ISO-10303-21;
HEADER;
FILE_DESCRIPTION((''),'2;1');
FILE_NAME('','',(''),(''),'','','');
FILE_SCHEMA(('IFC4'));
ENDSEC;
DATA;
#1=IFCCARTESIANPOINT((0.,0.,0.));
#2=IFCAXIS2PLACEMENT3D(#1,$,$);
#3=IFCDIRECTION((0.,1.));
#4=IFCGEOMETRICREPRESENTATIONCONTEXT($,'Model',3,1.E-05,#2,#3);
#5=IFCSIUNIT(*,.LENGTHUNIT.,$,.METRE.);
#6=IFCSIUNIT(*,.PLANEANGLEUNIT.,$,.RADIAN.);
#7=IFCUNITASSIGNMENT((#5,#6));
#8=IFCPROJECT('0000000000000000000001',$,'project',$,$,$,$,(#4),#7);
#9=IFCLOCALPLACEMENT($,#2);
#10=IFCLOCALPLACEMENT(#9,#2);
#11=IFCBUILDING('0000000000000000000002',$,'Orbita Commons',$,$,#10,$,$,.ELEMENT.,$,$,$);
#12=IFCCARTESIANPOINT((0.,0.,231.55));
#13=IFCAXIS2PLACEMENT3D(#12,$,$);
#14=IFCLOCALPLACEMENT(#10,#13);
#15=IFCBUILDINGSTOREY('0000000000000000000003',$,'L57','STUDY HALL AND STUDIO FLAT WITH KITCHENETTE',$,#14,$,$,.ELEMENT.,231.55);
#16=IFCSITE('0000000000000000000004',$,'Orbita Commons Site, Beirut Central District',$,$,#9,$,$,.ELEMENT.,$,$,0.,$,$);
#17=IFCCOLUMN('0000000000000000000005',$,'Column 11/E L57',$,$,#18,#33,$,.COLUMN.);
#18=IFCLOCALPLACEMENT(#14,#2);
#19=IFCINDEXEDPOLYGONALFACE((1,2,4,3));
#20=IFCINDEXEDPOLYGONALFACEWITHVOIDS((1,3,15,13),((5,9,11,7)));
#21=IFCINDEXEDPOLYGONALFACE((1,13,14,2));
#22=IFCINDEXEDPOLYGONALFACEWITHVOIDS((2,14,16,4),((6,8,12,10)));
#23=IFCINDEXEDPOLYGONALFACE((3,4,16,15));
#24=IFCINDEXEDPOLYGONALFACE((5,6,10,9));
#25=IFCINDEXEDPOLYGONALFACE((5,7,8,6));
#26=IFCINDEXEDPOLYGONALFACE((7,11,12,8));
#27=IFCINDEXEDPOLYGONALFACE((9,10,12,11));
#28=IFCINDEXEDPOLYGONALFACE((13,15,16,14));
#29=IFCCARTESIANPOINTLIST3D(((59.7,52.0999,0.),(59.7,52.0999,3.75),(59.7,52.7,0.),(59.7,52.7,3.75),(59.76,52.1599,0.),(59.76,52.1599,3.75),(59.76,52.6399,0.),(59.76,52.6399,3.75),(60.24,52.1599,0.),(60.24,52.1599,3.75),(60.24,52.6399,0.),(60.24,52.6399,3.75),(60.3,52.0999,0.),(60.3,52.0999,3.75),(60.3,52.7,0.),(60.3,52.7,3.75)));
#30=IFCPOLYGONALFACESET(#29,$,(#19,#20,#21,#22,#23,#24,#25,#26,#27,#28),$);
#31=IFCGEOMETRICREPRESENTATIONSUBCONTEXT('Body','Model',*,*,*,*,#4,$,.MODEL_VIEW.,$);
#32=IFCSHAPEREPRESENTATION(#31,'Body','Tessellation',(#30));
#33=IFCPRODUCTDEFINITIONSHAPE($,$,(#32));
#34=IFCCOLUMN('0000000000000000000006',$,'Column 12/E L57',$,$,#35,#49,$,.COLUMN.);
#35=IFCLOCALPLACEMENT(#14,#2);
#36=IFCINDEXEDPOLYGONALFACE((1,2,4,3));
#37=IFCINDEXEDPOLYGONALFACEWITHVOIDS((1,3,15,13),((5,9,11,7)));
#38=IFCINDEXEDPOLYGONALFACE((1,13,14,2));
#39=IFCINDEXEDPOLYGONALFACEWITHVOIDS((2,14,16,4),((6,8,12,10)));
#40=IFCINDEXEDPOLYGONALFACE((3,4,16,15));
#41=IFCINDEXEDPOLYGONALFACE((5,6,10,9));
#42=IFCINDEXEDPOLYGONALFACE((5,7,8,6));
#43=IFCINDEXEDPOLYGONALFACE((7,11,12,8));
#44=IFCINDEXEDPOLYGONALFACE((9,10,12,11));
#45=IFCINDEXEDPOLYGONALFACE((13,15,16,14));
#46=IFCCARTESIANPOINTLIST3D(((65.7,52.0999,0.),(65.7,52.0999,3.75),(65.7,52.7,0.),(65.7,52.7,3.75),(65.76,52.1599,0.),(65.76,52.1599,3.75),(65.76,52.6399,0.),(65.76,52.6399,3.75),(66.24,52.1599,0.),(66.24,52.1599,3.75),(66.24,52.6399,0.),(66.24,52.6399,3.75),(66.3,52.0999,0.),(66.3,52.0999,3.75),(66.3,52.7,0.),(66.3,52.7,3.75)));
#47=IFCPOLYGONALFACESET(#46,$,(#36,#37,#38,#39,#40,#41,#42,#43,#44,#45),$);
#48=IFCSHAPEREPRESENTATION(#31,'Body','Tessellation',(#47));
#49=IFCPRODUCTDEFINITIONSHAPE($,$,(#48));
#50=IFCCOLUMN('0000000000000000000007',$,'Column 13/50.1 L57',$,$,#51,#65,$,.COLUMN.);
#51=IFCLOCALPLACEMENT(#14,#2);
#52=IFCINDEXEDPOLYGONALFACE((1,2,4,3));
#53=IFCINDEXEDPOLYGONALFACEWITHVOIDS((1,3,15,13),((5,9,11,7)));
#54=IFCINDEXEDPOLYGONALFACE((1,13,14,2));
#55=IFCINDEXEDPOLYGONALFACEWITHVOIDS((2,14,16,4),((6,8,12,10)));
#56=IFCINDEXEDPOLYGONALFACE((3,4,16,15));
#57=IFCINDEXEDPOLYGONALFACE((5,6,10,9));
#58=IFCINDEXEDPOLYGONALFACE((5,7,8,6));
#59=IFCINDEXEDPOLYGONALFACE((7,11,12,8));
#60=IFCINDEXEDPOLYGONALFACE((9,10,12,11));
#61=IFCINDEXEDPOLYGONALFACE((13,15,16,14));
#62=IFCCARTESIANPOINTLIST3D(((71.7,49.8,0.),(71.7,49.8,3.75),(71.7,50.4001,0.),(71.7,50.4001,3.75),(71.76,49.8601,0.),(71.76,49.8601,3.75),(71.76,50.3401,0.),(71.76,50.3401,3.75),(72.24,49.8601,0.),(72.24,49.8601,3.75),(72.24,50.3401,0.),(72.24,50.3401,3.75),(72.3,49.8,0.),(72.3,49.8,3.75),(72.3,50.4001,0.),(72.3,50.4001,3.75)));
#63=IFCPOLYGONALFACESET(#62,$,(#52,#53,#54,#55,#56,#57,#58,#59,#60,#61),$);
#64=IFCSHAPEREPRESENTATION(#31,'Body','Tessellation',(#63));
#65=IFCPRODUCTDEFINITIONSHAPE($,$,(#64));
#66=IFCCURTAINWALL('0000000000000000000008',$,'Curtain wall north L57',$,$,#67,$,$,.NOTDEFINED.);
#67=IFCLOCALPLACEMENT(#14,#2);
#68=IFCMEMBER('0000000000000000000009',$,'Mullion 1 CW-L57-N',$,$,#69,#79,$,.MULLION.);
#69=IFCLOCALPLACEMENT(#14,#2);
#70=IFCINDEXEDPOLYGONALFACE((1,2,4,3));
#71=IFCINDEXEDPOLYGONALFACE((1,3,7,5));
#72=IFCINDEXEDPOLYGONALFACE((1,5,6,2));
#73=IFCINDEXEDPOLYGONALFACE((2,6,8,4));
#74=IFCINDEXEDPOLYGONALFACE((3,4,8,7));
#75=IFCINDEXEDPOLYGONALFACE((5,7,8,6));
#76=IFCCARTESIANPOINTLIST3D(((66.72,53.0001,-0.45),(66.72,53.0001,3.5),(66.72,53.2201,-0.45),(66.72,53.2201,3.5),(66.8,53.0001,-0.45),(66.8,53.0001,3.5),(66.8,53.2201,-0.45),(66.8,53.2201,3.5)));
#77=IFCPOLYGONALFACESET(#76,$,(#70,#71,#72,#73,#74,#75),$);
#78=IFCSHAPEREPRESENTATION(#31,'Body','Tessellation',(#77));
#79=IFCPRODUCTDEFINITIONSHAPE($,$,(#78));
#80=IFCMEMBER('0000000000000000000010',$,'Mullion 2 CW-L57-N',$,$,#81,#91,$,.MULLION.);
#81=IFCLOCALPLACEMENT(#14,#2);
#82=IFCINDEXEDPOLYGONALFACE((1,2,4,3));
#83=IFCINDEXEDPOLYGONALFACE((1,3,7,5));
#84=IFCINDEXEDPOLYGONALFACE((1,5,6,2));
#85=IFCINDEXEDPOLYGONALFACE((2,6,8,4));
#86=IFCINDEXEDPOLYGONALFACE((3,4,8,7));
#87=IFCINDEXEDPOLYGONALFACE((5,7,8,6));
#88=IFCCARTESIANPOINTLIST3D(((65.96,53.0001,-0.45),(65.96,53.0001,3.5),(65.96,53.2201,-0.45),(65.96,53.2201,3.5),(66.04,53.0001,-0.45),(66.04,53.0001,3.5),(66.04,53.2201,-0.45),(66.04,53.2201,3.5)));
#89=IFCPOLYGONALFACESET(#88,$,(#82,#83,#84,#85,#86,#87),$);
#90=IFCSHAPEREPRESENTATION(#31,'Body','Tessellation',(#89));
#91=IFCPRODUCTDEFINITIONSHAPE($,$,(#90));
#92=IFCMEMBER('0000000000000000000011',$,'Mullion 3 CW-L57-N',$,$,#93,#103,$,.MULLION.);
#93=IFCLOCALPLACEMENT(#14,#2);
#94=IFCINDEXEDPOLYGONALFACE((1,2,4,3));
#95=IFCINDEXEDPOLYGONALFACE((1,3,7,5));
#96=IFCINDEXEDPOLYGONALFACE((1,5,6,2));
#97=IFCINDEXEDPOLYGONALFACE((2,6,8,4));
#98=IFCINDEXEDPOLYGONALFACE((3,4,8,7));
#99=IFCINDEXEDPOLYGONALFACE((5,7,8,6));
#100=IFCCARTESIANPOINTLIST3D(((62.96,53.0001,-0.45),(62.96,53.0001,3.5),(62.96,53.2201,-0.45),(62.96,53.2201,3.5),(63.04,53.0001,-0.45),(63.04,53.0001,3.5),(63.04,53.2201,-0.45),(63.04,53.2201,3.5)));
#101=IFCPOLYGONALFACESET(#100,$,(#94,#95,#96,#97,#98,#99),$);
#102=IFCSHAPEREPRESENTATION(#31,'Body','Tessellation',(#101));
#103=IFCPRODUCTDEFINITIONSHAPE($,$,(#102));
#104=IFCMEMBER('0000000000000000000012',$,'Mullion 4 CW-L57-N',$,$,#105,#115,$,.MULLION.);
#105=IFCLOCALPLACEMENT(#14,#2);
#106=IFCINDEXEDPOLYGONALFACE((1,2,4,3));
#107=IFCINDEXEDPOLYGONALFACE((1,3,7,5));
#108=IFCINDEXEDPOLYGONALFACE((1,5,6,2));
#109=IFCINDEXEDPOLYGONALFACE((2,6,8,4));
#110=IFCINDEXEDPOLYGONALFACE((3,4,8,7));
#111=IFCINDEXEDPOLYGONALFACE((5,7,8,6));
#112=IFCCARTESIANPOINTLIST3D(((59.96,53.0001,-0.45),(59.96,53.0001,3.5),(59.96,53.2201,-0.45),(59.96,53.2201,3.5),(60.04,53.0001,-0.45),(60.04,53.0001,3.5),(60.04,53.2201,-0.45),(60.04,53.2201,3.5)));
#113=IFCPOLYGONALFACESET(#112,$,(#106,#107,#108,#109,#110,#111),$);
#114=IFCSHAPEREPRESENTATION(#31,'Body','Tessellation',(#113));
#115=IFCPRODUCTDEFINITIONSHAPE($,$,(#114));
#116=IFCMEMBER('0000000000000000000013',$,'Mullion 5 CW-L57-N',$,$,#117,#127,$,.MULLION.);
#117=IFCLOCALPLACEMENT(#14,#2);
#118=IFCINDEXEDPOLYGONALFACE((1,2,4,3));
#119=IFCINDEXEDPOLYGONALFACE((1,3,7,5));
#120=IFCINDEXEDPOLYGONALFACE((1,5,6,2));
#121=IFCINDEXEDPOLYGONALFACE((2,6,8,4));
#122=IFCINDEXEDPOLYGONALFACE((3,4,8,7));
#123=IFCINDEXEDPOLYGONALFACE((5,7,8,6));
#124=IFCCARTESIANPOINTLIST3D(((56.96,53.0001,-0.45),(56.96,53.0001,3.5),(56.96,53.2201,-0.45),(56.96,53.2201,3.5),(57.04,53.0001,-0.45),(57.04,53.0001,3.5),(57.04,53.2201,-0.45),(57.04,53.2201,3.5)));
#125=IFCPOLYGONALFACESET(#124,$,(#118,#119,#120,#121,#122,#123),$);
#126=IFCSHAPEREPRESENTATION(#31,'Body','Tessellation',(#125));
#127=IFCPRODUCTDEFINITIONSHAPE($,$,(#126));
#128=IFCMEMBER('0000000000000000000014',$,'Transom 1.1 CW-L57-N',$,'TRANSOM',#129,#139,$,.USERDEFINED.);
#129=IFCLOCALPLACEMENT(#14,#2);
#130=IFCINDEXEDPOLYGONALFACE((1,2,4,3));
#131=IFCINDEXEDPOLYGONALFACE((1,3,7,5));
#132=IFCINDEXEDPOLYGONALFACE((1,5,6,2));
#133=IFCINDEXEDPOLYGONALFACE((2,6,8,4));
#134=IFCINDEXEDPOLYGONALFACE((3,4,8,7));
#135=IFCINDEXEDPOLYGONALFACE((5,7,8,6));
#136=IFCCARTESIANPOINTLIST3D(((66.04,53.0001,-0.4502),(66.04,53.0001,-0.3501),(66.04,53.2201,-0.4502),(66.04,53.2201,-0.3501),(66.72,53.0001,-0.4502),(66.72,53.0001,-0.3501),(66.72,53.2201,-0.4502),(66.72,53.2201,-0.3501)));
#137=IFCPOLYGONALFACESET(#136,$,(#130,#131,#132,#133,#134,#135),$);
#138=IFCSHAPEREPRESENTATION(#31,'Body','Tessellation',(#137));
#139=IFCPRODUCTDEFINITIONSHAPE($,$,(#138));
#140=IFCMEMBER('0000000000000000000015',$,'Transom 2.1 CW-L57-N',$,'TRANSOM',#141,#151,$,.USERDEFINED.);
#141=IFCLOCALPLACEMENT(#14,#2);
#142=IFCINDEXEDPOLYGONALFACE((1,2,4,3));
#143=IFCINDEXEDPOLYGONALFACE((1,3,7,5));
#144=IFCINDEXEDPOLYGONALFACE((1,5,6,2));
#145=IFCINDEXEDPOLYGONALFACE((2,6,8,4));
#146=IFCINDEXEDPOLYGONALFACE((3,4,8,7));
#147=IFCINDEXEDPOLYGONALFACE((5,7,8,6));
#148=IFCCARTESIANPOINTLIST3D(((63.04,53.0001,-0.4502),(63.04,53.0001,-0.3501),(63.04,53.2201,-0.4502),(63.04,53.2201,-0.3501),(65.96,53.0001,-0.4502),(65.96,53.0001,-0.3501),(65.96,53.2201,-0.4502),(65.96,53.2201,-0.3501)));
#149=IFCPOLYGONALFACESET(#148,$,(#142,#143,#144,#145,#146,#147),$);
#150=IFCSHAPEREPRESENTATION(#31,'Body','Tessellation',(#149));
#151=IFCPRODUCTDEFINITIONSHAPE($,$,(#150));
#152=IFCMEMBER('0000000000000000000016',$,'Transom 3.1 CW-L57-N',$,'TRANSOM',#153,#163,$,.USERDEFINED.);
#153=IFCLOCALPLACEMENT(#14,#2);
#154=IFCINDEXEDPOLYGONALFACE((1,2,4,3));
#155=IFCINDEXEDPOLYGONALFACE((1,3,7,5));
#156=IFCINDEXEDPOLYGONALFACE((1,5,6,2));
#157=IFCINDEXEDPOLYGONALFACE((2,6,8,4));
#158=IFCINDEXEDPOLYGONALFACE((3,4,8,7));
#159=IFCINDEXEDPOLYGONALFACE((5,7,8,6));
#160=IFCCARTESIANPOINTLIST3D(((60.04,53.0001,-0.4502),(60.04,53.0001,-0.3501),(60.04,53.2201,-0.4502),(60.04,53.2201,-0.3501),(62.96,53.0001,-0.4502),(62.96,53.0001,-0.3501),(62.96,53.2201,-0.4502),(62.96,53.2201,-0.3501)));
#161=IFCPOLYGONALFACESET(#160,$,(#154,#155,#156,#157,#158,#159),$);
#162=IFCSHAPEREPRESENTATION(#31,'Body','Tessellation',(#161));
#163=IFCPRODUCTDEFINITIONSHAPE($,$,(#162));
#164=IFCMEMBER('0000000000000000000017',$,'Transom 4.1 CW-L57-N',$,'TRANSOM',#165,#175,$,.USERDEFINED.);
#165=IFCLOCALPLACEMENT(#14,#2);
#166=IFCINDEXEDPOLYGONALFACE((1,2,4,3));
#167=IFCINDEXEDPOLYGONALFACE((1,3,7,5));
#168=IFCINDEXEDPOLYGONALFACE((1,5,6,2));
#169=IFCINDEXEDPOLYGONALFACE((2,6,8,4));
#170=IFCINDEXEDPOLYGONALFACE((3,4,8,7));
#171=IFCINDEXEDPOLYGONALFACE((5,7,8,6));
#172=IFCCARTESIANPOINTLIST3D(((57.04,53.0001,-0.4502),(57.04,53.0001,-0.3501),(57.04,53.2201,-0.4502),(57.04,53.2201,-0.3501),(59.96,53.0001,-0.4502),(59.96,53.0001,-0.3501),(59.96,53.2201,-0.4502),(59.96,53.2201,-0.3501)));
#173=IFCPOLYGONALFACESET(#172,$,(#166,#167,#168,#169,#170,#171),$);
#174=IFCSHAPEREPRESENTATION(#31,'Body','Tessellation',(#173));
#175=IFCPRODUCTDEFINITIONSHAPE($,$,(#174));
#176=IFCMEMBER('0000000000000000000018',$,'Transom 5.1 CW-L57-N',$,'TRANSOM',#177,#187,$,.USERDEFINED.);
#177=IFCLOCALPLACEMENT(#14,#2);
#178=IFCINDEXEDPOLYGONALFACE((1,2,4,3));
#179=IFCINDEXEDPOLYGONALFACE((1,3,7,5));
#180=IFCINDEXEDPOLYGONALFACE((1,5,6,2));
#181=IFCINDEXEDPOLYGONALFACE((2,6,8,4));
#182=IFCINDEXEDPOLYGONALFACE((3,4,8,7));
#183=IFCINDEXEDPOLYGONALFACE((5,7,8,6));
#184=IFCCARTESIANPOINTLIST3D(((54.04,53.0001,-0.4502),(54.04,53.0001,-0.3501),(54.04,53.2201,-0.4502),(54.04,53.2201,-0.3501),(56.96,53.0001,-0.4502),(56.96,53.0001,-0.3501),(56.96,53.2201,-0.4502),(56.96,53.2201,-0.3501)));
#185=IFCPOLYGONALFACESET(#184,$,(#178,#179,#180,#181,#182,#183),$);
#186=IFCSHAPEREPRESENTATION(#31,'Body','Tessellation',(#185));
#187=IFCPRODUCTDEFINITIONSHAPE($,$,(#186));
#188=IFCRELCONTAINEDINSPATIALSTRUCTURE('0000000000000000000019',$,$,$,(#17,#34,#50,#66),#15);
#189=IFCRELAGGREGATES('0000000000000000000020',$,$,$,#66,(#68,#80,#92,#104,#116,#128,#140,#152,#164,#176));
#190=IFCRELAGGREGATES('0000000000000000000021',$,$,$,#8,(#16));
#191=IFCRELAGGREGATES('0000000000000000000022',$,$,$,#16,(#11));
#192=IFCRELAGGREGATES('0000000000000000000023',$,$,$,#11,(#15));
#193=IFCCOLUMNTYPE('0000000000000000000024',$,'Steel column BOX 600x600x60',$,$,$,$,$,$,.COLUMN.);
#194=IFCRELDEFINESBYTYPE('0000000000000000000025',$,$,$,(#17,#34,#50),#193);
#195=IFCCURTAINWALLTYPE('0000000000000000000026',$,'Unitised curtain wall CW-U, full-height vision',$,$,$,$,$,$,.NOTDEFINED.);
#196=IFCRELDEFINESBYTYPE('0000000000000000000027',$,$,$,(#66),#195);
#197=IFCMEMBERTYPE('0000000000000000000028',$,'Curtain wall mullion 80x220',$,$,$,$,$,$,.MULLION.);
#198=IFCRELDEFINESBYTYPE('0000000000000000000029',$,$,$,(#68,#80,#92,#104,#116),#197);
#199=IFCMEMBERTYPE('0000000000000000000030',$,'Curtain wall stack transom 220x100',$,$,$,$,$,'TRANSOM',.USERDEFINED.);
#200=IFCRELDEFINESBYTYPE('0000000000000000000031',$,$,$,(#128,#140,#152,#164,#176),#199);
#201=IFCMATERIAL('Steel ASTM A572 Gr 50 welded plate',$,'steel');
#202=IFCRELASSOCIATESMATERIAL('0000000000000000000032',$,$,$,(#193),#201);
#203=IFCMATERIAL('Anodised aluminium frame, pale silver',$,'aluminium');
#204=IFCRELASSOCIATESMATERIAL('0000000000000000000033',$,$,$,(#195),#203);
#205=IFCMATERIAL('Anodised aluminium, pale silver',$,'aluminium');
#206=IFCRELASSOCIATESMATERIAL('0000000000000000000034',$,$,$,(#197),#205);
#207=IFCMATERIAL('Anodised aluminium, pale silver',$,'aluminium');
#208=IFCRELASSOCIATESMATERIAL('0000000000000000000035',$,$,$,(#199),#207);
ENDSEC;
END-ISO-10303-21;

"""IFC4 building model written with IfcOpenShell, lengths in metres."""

from ifc_helpers import new_model, si_unit, direction, frame, origin, origin_2d, place, context, subcontext, project, spatial, rectangle, hollow_rectangle, extrude, material, material_profile, profile_set, type_object, element, aggregate, save


model = new_model("IFC4")

# Units and contexts
model_context = context("Model", 3, precision=1e-05, world=origin(), true_north=direction((0.0, 1.0)))
body_context = subcontext(model_context, "Body", "Model", "MODEL_VIEW")
ifc_project = project(units=[si_unit("LENGTHUNIT", "METRE"), si_unit("PLANEANGLEUNIT", "RADIAN")], contexts=[model_context])

# Site, building, storey
site_placement = place(None, origin())
site = spatial("IfcSite", under=ifc_project, at=site_placement, Name="Orbita Commons Site, Beirut Central District", CompositionType="ELEMENT", RefElevation=0.0)
building_placement = place(site_placement, origin())
building = spatial("IfcBuilding", under=site, at=building_placement, Name="Orbita Commons", CompositionType="ELEMENT")
storey_placement = place(building_placement, frame((0.0, 0.0, 231.55)))
storey = spatial("IfcBuildingStorey", under=building, at=storey_placement, Name="L57", Description="STUDY HALL AND STUDIO FLAT WITH KITCHENETTE", CompositionType="ELEMENT", Elevation=231.55)

# Columns
ifc_material_1 = material(Name="Steel ASTM A572 Gr 50 welded plate", Category="steel")
ifc_material_profile_1 = material_profile(ifc_material_1, hollow_rectangle(XDim=0.6001, YDim=0.6001, WallThickness=0.0601, at=origin_2d()), Name="BOX 600x600x60")
ifc_profile_set_1 = profile_set([ifc_material_profile_1], Name="Steel ASTM A572 Gr 50 welded plate")
column_type = type_object("IfcColumnType", Name="Steel column BOX 600x600x60", PredefinedType="COLUMN", material=ifc_profile_set_1)
for number, where, z_axis, x_axis, name in (
    (1, (60.0, 52.3999, 0.0), (0.0, 0.0, 1.0), (1.0, 0.0, 0.0), "Column 11/E L57"),
    (2, (66.0, 52.3999, 0.0), (0.0, 0.0, 1.0), (1.0, 0.0, 0.0), "Column 12/E L57"),
    (3, (72.0, 50.1001, 0.0), (0.0, 0.0, 1.0), (1.0, 0.0, 0.0), "Column 13/50.1 L57"),
):
    element("IfcColumn", number, at=place(storey_placement, frame(where, z_axis=z_axis, x_axis=x_axis)), inside=storey, type_object=column_type, Name=name, PredefinedType="COLUMN", context=body_context, shape_type="SweptSolid", body=[
        extrude(hollow_rectangle(XDim=0.6001, YDim=0.6001, WallThickness=0.0601, at=origin_2d()), origin(), (0.0, 0.0, 1.0), 3.75),
    ])

# Curtain wall, members
ifc_material_2 = material(Name="Anodised aluminium frame, pale silver", Category="aluminium")
curtain_wall_type = type_object("IfcCurtainWallType", Name="Unitised curtain wall CW-U, full-height vision", PredefinedType="NOTDEFINED", material=ifc_material_2)
curtain_wall_placement = place(storey_placement, origin())
curtain_wall = element("IfcCurtainWall", 4, at=curtain_wall_placement, inside=storey, type_object=curtain_wall_type, Name="Curtain wall north L57", PredefinedType="NOTDEFINED")
ifc_material_3 = material(Name="Anodised aluminium, pale silver", Category="aluminium")
ifc_material_profile_2 = material_profile(ifc_material_3, rectangle(XDim=0.0801, YDim=0.22, at=origin_2d()), Name="AL 80x220")
ifc_profile_set_2 = profile_set([ifc_material_profile_2], Name="Anodised aluminium, pale silver")
member_type_1 = type_object("IfcMemberType", Name="Curtain wall mullion 80x220", PredefinedType="MULLION", material=ifc_profile_set_2)
member_1_placement = place(storey_placement, frame((66.76, 53.1101, -0.45), z_axis=(0.0, 0.0, 1.0), x_axis=(-1.0, 0.0, 0.0)))
member_1 = element("IfcMember", 5, at=member_1_placement, type_object=member_type_1, Name="Mullion 1 CW-L57-N", PredefinedType="MULLION", context=body_context, shape_type="SweptSolid", body=[
    extrude(rectangle(XDim=0.0801, YDim=0.22, at=origin_2d()), origin(), (0.0, 0.0, 1.0), 3.95),
])
member_2_placement = place(storey_placement, frame((66.0, 53.1101, -0.45), z_axis=(0.0, 0.0, 1.0), x_axis=(-1.0, 0.0, 0.0)))
member_2 = element("IfcMember", 6, at=member_2_placement, type_object=member_type_1, Name="Mullion 2 CW-L57-N", PredefinedType="MULLION", context=body_context, shape_type="SweptSolid", body=[
    extrude(rectangle(XDim=0.0801, YDim=0.22, at=origin_2d()), origin(), (0.0, 0.0, 1.0), 3.95),
])
member_3_placement = place(storey_placement, frame((63.0, 53.1101, -0.45), z_axis=(0.0, 0.0, 1.0), x_axis=(-1.0, 0.0, 0.0)))
member_3 = element("IfcMember", 7, at=member_3_placement, type_object=member_type_1, Name="Mullion 3 CW-L57-N", PredefinedType="MULLION", context=body_context, shape_type="SweptSolid", body=[
    extrude(rectangle(XDim=0.0801, YDim=0.22, at=origin_2d()), origin(), (0.0, 0.0, 1.0), 3.95),
])
member_4_placement = place(storey_placement, frame((60.0, 53.1101, -0.45), z_axis=(0.0, 0.0, 1.0), x_axis=(-1.0, 0.0, 0.0)))
member_4 = element("IfcMember", 8, at=member_4_placement, type_object=member_type_1, Name="Mullion 4 CW-L57-N", PredefinedType="MULLION", context=body_context, shape_type="SweptSolid", body=[
    extrude(rectangle(XDim=0.0801, YDim=0.22, at=origin_2d()), origin(), (0.0, 0.0, 1.0), 3.95),
])
member_5_placement = place(storey_placement, frame((57.0, 53.1101, -0.45), z_axis=(0.0, 0.0, 1.0), x_axis=(-1.0, 0.0, 0.0)))
member_5 = element("IfcMember", 9, at=member_5_placement, type_object=member_type_1, Name="Mullion 5 CW-L57-N", PredefinedType="MULLION", context=body_context, shape_type="SweptSolid", body=[
    extrude(rectangle(XDim=0.0801, YDim=0.22, at=origin_2d()), origin(), (0.0, 0.0, 1.0), 3.95),
])
ifc_material_4 = material(Name="Anodised aluminium, pale silver", Category="aluminium")
ifc_material_profile_3 = material_profile(ifc_material_4, rectangle(XDim=0.22, YDim=0.1001, at=origin_2d()), Name="AL 220x100")
ifc_profile_set_3 = profile_set([ifc_material_profile_3], Name="Anodised aluminium, pale silver")
member_type_2 = type_object("IfcMemberType", Name="Curtain wall stack transom 220x100", ElementType="TRANSOM", PredefinedType="USERDEFINED", material=ifc_profile_set_3)
member_6_placement = place(storey_placement, frame((66.72, 53.1101, -0.4001), z_axis=(-1.0, 0.0, 0.0), x_axis=(0.0, -1.0, 0.0)))
member_6 = element("IfcMember", 10, at=member_6_placement, type_object=member_type_2, Name="Transom 1.1 CW-L57-N", ObjectType="TRANSOM", PredefinedType="USERDEFINED", context=body_context, shape_type="SweptSolid", body=[
    extrude(rectangle(XDim=0.22, YDim=0.1001, at=origin_2d()), origin(), (0.0, 0.0, 1.0), 0.6799),
])
member_7_placement = place(storey_placement, frame((65.96, 53.1101, -0.4001), z_axis=(-1.0, 0.0, 0.0), x_axis=(0.0, -1.0, 0.0)))
member_7 = element("IfcMember", 11, at=member_7_placement, type_object=member_type_2, Name="Transom 2.1 CW-L57-N", ObjectType="TRANSOM", PredefinedType="USERDEFINED", context=body_context, shape_type="SweptSolid", body=[
    extrude(rectangle(XDim=0.22, YDim=0.1001, at=origin_2d()), origin(), (0.0, 0.0, 1.0), 2.9199),
])
member_8_placement = place(storey_placement, frame((62.96, 53.1101, -0.4001), z_axis=(-1.0, 0.0, 0.0), x_axis=(0.0, -1.0, 0.0)))
member_8 = element("IfcMember", 12, at=member_8_placement, type_object=member_type_2, Name="Transom 3.1 CW-L57-N", ObjectType="TRANSOM", PredefinedType="USERDEFINED", context=body_context, shape_type="SweptSolid", body=[
    extrude(rectangle(XDim=0.22, YDim=0.1001, at=origin_2d()), origin(), (0.0, 0.0, 1.0), 2.9199),
])
member_9_placement = place(storey_placement, frame((59.96, 53.1101, -0.4001), z_axis=(-1.0, 0.0, 0.0), x_axis=(0.0, -1.0, 0.0)))
member_9 = element("IfcMember", 13, at=member_9_placement, type_object=member_type_2, Name="Transom 4.1 CW-L57-N", ObjectType="TRANSOM", PredefinedType="USERDEFINED", context=body_context, shape_type="SweptSolid", body=[
    extrude(rectangle(XDim=0.22, YDim=0.1001, at=origin_2d()), origin(), (0.0, 0.0, 1.0), 2.9199),
])
member_10_placement = place(storey_placement, frame((56.96, 53.1101, -0.4001), z_axis=(-1.0, 0.0, 0.0), x_axis=(0.0, -1.0, 0.0)))
member_10 = element("IfcMember", 14, at=member_10_placement, type_object=member_type_2, Name="Transom 5.1 CW-L57-N", ObjectType="TRANSOM", PredefinedType="USERDEFINED", context=body_context, shape_type="SweptSolid", body=[
    extrude(rectangle(XDim=0.22, YDim=0.1001, at=origin_2d()), origin(), (0.0, 0.0, 1.0), 2.9199),
])

aggregate(curtain_wall, [member_1, member_2, member_3, member_4, member_5, member_6, member_7, member_8, member_9, member_10])

save(model, "model.ifc")
